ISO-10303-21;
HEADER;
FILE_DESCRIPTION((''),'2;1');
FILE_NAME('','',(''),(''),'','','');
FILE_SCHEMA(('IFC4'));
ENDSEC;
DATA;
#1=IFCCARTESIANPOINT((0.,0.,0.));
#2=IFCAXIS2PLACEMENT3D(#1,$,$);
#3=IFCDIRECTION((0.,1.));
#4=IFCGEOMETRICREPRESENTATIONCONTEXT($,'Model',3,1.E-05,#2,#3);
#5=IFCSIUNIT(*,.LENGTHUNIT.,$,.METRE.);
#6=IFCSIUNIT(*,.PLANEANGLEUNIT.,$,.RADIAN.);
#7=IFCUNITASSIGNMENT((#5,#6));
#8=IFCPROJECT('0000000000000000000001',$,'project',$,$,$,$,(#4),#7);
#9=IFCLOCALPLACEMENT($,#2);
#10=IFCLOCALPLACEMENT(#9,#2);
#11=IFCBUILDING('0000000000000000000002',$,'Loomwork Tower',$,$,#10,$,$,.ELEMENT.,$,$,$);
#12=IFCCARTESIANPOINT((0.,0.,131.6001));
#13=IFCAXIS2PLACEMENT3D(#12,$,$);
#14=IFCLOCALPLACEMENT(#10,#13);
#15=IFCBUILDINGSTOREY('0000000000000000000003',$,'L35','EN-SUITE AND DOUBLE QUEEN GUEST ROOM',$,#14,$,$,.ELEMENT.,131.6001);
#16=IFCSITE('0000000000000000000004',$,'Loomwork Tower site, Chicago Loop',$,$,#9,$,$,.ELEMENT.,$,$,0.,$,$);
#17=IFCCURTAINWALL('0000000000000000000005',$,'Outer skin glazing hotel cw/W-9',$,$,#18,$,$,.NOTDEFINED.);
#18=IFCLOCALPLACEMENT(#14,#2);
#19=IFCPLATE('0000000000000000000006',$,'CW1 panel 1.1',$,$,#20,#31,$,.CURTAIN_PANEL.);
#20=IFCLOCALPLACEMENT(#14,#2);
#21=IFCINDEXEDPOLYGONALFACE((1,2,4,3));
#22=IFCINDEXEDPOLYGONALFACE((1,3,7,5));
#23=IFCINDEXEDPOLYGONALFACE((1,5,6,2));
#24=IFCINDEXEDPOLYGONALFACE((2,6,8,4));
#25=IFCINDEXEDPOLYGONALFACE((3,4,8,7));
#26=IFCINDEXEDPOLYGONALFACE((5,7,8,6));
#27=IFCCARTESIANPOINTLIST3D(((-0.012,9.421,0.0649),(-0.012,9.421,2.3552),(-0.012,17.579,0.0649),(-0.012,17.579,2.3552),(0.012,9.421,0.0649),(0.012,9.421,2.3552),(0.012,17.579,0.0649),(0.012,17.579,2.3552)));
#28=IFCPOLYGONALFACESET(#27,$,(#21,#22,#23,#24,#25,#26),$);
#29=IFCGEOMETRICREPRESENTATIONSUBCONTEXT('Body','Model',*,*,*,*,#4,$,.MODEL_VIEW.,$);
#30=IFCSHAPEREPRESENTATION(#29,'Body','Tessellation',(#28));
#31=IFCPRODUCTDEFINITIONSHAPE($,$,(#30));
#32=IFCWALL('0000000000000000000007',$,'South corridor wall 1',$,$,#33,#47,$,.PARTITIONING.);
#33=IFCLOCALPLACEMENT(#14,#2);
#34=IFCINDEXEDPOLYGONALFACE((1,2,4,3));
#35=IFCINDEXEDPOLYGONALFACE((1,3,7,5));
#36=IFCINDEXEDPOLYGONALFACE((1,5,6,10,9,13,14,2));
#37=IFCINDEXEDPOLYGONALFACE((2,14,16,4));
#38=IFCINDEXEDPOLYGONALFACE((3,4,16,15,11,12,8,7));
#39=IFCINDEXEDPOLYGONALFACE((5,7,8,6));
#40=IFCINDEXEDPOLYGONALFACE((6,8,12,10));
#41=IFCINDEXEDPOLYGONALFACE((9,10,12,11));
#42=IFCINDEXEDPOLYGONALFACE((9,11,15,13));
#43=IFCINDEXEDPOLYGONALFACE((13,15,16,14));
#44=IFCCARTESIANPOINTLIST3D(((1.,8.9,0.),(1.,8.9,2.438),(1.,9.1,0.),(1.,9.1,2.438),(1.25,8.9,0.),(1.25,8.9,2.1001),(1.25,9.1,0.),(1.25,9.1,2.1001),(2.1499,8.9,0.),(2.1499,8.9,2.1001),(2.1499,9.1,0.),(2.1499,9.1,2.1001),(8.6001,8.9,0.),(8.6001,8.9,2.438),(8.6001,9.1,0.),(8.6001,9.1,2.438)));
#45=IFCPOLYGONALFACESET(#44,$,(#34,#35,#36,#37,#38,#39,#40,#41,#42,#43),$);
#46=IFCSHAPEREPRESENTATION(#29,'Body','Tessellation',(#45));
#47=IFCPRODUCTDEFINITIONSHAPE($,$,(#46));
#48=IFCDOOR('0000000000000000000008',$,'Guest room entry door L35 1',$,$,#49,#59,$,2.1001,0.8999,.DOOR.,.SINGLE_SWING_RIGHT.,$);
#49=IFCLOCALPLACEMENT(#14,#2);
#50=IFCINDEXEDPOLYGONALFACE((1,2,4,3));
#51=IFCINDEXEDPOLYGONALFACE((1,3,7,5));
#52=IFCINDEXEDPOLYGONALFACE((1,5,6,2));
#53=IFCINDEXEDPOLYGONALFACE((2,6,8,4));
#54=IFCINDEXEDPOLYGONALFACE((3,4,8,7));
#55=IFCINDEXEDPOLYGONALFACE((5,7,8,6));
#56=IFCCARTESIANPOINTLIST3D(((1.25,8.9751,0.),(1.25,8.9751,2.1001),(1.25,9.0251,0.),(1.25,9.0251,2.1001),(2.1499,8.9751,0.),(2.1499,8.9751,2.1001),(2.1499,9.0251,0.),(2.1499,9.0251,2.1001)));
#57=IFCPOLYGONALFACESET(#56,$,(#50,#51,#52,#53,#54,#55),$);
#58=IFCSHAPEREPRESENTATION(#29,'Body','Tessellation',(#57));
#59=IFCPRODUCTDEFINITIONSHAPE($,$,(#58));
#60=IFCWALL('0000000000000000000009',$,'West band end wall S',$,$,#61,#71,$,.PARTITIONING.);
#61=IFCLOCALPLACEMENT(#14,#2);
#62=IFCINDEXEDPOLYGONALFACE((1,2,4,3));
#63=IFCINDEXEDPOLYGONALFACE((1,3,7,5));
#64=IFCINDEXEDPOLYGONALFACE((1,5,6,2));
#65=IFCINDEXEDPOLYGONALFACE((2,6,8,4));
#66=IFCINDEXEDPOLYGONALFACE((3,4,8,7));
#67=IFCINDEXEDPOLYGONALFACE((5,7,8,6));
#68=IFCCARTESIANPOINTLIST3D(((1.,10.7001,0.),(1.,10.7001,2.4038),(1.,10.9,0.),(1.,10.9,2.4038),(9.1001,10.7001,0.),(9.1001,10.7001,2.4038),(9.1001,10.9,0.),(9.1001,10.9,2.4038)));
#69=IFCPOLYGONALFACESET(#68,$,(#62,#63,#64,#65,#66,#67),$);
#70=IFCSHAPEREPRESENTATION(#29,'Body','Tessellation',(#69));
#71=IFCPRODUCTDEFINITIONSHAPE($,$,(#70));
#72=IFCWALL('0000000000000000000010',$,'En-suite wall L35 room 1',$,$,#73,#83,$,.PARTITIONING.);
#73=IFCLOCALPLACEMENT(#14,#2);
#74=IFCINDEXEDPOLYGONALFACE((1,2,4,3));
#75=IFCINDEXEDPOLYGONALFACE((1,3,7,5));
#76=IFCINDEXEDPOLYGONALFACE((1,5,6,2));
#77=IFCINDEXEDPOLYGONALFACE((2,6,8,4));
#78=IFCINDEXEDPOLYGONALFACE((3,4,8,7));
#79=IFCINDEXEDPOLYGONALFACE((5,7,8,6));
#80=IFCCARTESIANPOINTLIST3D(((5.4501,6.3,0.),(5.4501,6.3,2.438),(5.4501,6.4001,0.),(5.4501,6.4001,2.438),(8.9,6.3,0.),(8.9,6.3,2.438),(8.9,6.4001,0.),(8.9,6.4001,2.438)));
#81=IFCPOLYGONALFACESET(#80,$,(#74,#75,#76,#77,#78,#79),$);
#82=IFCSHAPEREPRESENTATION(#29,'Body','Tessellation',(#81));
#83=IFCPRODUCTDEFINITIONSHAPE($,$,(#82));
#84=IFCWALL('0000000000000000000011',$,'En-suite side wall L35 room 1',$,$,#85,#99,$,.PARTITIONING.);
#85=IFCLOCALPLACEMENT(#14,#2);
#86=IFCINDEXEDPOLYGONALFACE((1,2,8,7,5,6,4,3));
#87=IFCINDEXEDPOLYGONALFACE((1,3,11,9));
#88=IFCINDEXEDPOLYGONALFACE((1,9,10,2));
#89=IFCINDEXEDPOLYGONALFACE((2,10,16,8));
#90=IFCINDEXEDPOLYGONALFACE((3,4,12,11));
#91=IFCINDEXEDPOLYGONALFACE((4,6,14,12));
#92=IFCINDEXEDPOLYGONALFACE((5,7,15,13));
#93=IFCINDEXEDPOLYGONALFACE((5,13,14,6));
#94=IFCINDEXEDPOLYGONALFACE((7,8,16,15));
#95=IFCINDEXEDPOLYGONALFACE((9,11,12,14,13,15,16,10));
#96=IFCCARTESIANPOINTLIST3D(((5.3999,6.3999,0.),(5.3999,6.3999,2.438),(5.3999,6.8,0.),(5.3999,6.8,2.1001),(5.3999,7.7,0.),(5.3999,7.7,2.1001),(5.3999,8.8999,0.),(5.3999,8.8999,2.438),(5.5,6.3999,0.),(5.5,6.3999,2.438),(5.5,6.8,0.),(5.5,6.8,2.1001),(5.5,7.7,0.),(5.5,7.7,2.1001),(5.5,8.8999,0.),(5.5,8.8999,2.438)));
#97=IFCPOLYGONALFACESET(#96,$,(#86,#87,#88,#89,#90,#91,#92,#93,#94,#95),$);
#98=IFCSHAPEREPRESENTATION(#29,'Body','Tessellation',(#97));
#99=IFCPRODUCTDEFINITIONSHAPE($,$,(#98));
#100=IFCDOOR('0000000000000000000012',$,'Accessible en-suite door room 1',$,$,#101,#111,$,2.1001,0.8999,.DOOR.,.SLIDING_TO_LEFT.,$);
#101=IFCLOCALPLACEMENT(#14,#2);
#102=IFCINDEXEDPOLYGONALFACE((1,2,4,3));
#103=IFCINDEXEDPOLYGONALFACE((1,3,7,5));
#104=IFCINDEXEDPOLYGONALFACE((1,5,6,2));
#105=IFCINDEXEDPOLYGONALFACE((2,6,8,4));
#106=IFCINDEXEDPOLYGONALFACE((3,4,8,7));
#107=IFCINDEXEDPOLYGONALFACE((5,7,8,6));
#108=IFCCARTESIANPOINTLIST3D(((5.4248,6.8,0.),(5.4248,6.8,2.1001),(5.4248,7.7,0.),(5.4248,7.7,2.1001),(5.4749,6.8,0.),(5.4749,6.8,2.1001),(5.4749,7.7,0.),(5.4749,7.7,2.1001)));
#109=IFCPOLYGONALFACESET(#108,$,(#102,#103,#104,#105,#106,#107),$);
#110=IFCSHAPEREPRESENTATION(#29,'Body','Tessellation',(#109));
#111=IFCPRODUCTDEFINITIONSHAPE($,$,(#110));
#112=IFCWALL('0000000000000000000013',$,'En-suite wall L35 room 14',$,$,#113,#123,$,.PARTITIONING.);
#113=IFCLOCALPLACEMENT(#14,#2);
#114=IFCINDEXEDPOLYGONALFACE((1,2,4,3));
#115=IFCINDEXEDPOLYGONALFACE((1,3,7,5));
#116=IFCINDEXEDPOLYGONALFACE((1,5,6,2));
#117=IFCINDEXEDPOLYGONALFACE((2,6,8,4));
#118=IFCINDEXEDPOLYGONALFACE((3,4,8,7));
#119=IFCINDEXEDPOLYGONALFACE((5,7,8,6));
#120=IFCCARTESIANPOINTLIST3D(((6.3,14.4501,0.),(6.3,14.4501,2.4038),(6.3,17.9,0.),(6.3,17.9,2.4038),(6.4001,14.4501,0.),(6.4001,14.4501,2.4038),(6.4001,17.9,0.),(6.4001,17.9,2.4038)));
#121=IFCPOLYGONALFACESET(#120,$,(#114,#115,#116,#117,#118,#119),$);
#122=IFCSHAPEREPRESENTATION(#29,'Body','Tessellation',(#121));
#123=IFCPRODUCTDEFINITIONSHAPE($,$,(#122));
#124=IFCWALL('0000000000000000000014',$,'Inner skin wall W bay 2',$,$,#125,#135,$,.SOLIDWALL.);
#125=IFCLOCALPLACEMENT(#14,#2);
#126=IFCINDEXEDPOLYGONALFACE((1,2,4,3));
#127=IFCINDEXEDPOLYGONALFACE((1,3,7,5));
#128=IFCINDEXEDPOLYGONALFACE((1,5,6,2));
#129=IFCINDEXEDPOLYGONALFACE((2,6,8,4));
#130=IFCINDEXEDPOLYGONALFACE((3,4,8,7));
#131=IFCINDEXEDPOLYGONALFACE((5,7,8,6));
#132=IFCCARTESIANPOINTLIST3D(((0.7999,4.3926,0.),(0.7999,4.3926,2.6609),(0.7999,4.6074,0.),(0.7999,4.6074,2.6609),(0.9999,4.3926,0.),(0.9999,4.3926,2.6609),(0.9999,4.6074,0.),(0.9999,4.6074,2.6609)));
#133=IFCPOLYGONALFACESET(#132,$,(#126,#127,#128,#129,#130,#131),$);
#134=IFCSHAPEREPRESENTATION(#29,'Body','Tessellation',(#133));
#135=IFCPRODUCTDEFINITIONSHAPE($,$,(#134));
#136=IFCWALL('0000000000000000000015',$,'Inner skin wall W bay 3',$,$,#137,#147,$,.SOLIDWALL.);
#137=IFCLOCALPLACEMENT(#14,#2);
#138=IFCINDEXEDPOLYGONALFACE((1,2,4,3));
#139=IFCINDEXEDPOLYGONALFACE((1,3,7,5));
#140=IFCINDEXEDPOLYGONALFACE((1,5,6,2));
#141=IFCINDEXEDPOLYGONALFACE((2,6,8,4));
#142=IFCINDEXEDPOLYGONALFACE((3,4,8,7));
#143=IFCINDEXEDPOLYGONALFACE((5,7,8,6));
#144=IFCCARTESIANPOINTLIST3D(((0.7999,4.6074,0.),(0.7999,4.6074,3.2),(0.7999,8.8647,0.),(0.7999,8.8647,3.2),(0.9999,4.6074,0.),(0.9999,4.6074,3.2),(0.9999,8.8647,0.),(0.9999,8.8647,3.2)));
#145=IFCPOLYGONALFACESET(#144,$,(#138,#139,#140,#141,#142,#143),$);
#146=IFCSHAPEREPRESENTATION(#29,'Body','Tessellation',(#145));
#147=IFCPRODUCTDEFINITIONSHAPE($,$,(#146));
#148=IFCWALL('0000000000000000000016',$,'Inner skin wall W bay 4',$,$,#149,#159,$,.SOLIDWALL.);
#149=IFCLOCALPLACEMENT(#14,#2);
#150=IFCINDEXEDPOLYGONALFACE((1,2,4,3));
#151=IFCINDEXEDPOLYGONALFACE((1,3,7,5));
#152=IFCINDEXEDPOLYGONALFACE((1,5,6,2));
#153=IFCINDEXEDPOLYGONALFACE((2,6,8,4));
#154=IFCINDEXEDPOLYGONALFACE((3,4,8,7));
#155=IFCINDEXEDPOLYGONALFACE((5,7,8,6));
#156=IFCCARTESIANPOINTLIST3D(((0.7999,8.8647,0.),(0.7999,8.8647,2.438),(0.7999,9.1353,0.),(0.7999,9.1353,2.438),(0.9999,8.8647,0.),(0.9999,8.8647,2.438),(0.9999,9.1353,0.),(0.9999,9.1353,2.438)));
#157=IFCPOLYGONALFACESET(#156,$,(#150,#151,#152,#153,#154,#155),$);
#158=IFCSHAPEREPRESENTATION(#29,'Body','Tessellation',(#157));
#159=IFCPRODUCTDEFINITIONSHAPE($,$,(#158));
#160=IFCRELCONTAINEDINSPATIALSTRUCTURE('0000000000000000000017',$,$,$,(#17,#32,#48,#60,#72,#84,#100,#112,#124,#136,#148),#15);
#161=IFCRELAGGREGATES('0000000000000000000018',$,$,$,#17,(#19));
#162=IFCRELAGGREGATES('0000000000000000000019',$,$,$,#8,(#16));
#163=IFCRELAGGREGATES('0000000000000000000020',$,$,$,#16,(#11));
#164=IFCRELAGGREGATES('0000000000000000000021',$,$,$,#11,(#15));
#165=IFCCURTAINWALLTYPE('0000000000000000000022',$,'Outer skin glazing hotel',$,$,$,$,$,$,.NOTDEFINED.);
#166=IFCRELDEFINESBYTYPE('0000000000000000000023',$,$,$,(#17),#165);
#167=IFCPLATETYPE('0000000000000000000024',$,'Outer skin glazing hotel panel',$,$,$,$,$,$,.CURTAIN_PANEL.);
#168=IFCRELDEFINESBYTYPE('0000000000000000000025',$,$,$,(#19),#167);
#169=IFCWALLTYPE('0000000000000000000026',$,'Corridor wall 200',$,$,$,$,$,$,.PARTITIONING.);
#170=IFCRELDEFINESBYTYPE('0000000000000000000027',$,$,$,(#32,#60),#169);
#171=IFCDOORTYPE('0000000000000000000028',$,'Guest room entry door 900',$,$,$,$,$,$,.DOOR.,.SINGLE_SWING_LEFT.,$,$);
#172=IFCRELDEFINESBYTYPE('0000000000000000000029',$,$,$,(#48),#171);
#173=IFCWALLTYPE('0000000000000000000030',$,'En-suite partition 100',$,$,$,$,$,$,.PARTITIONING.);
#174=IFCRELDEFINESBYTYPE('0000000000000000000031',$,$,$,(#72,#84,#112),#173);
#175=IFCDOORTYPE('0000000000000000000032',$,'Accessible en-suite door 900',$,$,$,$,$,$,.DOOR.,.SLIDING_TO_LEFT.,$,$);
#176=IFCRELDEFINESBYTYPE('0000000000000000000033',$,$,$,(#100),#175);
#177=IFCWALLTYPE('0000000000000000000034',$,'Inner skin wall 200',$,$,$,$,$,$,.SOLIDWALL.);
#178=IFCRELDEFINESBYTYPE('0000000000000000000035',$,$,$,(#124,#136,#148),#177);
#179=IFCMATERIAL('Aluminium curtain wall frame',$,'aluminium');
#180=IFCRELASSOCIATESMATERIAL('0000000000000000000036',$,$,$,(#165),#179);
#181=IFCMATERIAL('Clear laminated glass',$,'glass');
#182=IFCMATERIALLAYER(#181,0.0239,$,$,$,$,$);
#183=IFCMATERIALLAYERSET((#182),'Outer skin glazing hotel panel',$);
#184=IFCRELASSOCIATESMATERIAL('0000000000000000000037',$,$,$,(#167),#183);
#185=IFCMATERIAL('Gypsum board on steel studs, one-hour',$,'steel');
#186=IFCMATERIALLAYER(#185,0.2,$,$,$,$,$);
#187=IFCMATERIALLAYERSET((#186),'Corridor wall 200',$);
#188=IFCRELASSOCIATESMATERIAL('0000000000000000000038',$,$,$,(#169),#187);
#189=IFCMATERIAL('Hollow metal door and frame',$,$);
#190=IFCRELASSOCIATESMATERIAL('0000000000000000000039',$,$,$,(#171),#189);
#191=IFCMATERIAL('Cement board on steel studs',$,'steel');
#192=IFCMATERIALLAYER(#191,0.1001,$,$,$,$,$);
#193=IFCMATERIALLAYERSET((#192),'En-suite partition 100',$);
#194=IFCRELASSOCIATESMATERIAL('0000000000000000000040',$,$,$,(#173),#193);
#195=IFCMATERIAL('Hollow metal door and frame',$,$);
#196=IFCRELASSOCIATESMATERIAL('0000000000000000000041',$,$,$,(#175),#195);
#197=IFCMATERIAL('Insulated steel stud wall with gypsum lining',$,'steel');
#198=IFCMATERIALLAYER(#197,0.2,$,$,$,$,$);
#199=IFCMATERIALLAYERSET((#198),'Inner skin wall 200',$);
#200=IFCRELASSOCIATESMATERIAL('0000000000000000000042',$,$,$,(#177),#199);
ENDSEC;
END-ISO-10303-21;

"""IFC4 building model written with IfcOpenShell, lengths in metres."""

from ifc_helpers import new_model, si_unit, direction, frame, frame_2d, origin, origin_2d, place, context, subcontext, project, spatial, rectangle, extrude, material, layer, layer_set, type_object, element, fill, aggregate, save


model = new_model("IFC4")

# Units and contexts
model_context = context("Model", 3, precision=1e-05, world=origin(), true_north=direction((0.0, 1.0)))
body_context = subcontext(model_context, "Body", "Model", "MODEL_VIEW")
ifc_project = project(units=[si_unit("LENGTHUNIT", "METRE"), si_unit("PLANEANGLEUNIT", "RADIAN")], contexts=[model_context])

# Site, building, storey
site_placement = place(None, origin())
site = spatial("IfcSite", under=ifc_project, at=site_placement, Name="Loomwork Tower site, Chicago Loop", CompositionType="ELEMENT", RefElevation=0.0)
building_placement = place(site_placement, origin())
building = spatial("IfcBuilding", under=site, at=building_placement, Name="Loomwork Tower", CompositionType="ELEMENT")
storey_placement = place(building_placement, frame((0.0, 0.0, 131.6001)))
storey = spatial("IfcBuildingStorey", under=building, at=storey_placement, Name="L35", Description="EN-SUITE AND DOUBLE QUEEN GUEST ROOM", CompositionType="ELEMENT", Elevation=131.6001)

# Curtain wall
ifc_material_1 = material(Name="Aluminium curtain wall frame", Category="aluminium")
curtain_wall_type = type_object("IfcCurtainWallType", Name="Outer skin glazing hotel", PredefinedType="NOTDEFINED", material=ifc_material_1)
curtain_wall_1_placement = place(storey_placement, origin())
curtain_wall_1 = element("IfcCurtainWall", 1, at=curtain_wall_1_placement, inside=storey, type_object=curtain_wall_type, Name="Outer skin glazing hotel cw/W-9", PredefinedType="NOTDEFINED")

# Plate
ifc_material_2 = material(Name="Clear laminated glass", Category="glass")
ifc_layer_1 = layer(ifc_material_2, 0.0239)
ifc_layer_set_1 = layer_set([ifc_layer_1], Name="Outer skin glazing hotel panel")
plate_type = type_object("IfcPlateType", Name="Outer skin glazing hotel panel", PredefinedType="CURTAIN_PANEL", material=ifc_layer_set_1)
plate_1_placement = place(storey_placement, frame((0.0, 13.5, 0.0649), z_axis=(0.0, 0.0, 1.0), x_axis=(0.0, -1.0, 0.0)))
plate_1 = element("IfcPlate", 2, at=plate_1_placement, type_object=plate_type, Name="CW1 panel 1.1", PredefinedType="CURTAIN_PANEL", context=body_context, shape_type="SweptSolid", body=[
    extrude(rectangle(XDim=8.158, YDim=0.0239, at=origin_2d()), origin(), (0.0, 0.0, 1.0), 2.2903),
])
aggregate(curtain_wall_1, [plate_1])

# Wall, opening, door
ifc_material_3 = material(Name="Gypsum board on steel studs, one-hour", Category="steel")
ifc_layer_2 = layer(ifc_material_3, 0.2)
ifc_layer_set_2 = layer_set([ifc_layer_2], Name="Corridor wall 200")
wall_type_1 = type_object("IfcWallType", Name="Corridor wall 200", PredefinedType="PARTITIONING", material=ifc_layer_set_2)
wall_1_placement = place(storey_placement, frame((1.0, 9.0, 0.0), z_axis=(0.0, 0.0, 1.0), x_axis=(1.0, 0.0, 0.0)))
wall_1 = element("IfcWall", 3, at=wall_1_placement, inside=storey, type_object=wall_type_1, Name="South corridor wall 1", PredefinedType="PARTITIONING", context=body_context, shape_type="SweptSolid", body=[
    extrude(rectangle(XDim=7.6001, YDim=0.2, at=frame_2d((3.8, 0.0))), origin(), (0.0, 0.0, 1.0), 2.438),
])
opening_1_placement = place(wall_1_placement, frame((0.25, 0.0, 0.0)))
opening_1 = element("IfcOpeningElement", 4, at=opening_1_placement, cuts=wall_1, PredefinedType="OPENING", context=body_context, shape_type="SweptSolid", body=[
    extrude(rectangle(XDim=0.8999, YDim=2.1001, at=frame_2d((0.45, 1.05))), frame((0.0, 0.1099, 0.0), z_axis=(0.0, -1.0, 0.0), x_axis=(1.0, 0.0, 0.0)), (0.0, 0.0, 1.0), 0.22),
])
ifc_material_4 = material(Name="Hollow metal door and frame")
door_type_1 = type_object("IfcDoorType", Name="Guest room entry door 900", OperationType="SINGLE_SWING_LEFT", PredefinedType="DOOR", material=ifc_material_4)
door_1_placement = place(opening_1_placement, frame((0.8999, 0.0, 0.0), z_axis=(0.0, 0.0, 1.0), x_axis=(-1.0, 0.0, 0.0)))
door_1 = element("IfcDoor", 5, at=door_1_placement, inside=storey, type_object=door_type_1, Name="Guest room entry door L35 1", OperationType="SINGLE_SWING_RIGHT", OverallHeight=2.1001, OverallWidth=0.8999, PredefinedType="DOOR", context=body_context, shape_type="SweptSolid", body=[
    extrude(rectangle(XDim=0.8999, YDim=2.1001, at=frame_2d((0.45, 1.05))), frame((0.0, 0.0249, 0.0), z_axis=(0.0, -1.0, 0.0), x_axis=(1.0, 0.0, 0.0)), (0.0, 0.0, 1.0), 0.05),
])
fill(opening_1, door_1)

# Walls
wall_2_placement = place(storey_placement, frame((1.0, 10.8, 0.0), z_axis=(0.0, 0.0, 1.0), x_axis=(1.0, 0.0, 0.0)))
element("IfcWall", 6, at=wall_2_placement, inside=storey, type_object=wall_type_1, Name="West band end wall S", PredefinedType="PARTITIONING", context=body_context, shape_type="SweptSolid", body=[
    extrude(rectangle(XDim=8.1001, YDim=0.2, at=frame_2d((4.05, 0.0))), origin(), (0.0, 0.0, 1.0), 2.4038),
])
ifc_material_5 = material(Name="Cement board on steel studs", Category="steel")
ifc_layer_3 = layer(ifc_material_5, 0.1001)
ifc_layer_set_3 = layer_set([ifc_layer_3], Name="En-suite partition 100")
wall_type_2 = type_object("IfcWallType", Name="En-suite partition 100", PredefinedType="PARTITIONING", material=ifc_layer_set_3)
wall_3_placement = place(storey_placement, frame((5.45, 6.3501, 0.0), z_axis=(0.0, 0.0, 1.0), x_axis=(1.0, 0.0, 0.0)))
element("IfcWall", 7, at=wall_3_placement, inside=storey, type_object=wall_type_2, Name="En-suite wall L35 room 1", PredefinedType="PARTITIONING", context=body_context, shape_type="SweptSolid", body=[
    extrude(rectangle(XDim=3.45, YDim=0.1001, at=frame_2d((1.7251, 0.0))), origin(), (0.0, 0.0, 1.0), 2.438),
])

# Wall, opening, door
wall_4_placement = place(storey_placement, frame((5.45, 8.8999, 0.0), z_axis=(0.0, 0.0, 1.0), x_axis=(0.0, -1.0, 0.0)))
wall_4 = element("IfcWall", 8, at=wall_4_placement, inside=storey, type_object=wall_type_2, Name="En-suite side wall L35 room 1", PredefinedType="PARTITIONING", context=body_context, shape_type="SweptSolid", body=[
    extrude(rectangle(XDim=2.5, YDim=0.1001, at=frame_2d((1.25, 0.0))), origin(), (0.0, 0.0, 1.0), 2.438),
])
opening_2_placement = place(wall_4_placement, frame((1.2, 0.0, 0.0)))
opening_2 = element("IfcOpeningElement", 9, at=opening_2_placement, cuts=wall_4, PredefinedType="OPENING", context=body_context, shape_type="SweptSolid", body=[
    extrude(rectangle(XDim=0.8999, YDim=2.1001, at=frame_2d((0.45, 1.05))), frame((0.0, 0.0601, 0.0), z_axis=(0.0, -1.0, 0.0), x_axis=(1.0, 0.0, 0.0)), (0.0, 0.0, 1.0), 0.1201),
])
ifc_material_6 = material(Name="Hollow metal door and frame")
door_type_2 = type_object("IfcDoorType", Name="Accessible en-suite door 900", OperationType="SLIDING_TO_LEFT", PredefinedType="DOOR", material=ifc_material_6)
door_2_placement = place(opening_2_placement, origin())
door_2 = element("IfcDoor", 10, at=door_2_placement, inside=storey, type_object=door_type_2, Name="Accessible en-suite door room 1", OperationType="SLIDING_TO_LEFT", OverallHeight=2.1001, OverallWidth=0.8999, PredefinedType="DOOR", context=body_context, shape_type="SweptSolid", body=[
    extrude(rectangle(XDim=0.8999, YDim=2.1001, at=frame_2d((0.45, 1.05))), frame((0.0, 0.0249, 0.0), z_axis=(0.0, -1.0, 0.0), x_axis=(1.0, 0.0, 0.0)), (0.0, 0.0, 1.0), 0.05),
])
fill(opening_2, door_2)

# Walls
wall_5_placement = place(storey_placement, frame((6.3501, 14.45, 0.0), z_axis=(0.0, 0.0, 1.0), x_axis=(0.0, 1.0, 0.0)))
element("IfcWall", 11, at=wall_5_placement, inside=storey, type_object=wall_type_2, Name="En-suite wall L35 room 14", PredefinedType="PARTITIONING", context=body_context, shape_type="SweptSolid", body=[
    extrude(rectangle(XDim=3.45, YDim=0.1001, at=frame_2d((1.7251, 0.0))), origin(), (0.0, 0.0, 1.0), 2.4038),
])
ifc_material_7 = material(Name="Insulated steel stud wall with gypsum lining", Category="steel")
ifc_layer_4 = layer(ifc_material_7, 0.2)
ifc_layer_set_4 = layer_set([ifc_layer_4], Name="Inner skin wall 200")
wall_type_3 = type_object("IfcWallType", Name="Inner skin wall 200", PredefinedType="SOLIDWALL", material=ifc_layer_set_4)
wall_6_placement = place(storey_placement, frame((0.8999, 4.3926, 0.0), z_axis=(0.0, 0.0, 1.0), x_axis=(0.0, 1.0, 0.0)))
element("IfcWall", 12, at=wall_6_placement, inside=storey, type_object=wall_type_3, Name="Inner skin wall W bay 2", PredefinedType="SOLIDWALL", context=body_context, shape_type="SweptSolid", body=[
    extrude(rectangle(XDim=0.2148, YDim=0.2, at=frame_2d((0.1074, 0.0))), origin(), (0.0, 0.0, 1.0), 2.6609),
])
wall_7_placement = place(storey_placement, frame((0.8999, 4.6074, 0.0), z_axis=(0.0, 0.0, 1.0), x_axis=(0.0, 1.0, 0.0)))
element("IfcWall", 13, at=wall_7_placement, inside=storey, type_object=wall_type_3, Name="Inner skin wall W bay 3", PredefinedType="SOLIDWALL", context=body_context, shape_type="SweptSolid", body=[
    extrude(rectangle(XDim=4.2573, YDim=0.2, at=frame_2d((2.1287, 0.0))), origin(), (0.0, 0.0, 1.0), 3.2),
])
wall_8_placement = place(storey_placement, frame((0.8999, 8.8647, 0.0), z_axis=(0.0, 0.0, 1.0), x_axis=(0.0, 1.0, 0.0)))
element("IfcWall", 14, at=wall_8_placement, inside=storey, type_object=wall_type_3, Name="Inner skin wall W bay 4", PredefinedType="SOLIDWALL", context=body_context, shape_type="SweptSolid", body=[
    extrude(rectangle(XDim=0.2705, YDim=0.2, at=frame_2d((0.1353, 0.0))), origin(), (0.0, 0.0, 1.0), 2.438),
])

save(model, "model.ifc")
